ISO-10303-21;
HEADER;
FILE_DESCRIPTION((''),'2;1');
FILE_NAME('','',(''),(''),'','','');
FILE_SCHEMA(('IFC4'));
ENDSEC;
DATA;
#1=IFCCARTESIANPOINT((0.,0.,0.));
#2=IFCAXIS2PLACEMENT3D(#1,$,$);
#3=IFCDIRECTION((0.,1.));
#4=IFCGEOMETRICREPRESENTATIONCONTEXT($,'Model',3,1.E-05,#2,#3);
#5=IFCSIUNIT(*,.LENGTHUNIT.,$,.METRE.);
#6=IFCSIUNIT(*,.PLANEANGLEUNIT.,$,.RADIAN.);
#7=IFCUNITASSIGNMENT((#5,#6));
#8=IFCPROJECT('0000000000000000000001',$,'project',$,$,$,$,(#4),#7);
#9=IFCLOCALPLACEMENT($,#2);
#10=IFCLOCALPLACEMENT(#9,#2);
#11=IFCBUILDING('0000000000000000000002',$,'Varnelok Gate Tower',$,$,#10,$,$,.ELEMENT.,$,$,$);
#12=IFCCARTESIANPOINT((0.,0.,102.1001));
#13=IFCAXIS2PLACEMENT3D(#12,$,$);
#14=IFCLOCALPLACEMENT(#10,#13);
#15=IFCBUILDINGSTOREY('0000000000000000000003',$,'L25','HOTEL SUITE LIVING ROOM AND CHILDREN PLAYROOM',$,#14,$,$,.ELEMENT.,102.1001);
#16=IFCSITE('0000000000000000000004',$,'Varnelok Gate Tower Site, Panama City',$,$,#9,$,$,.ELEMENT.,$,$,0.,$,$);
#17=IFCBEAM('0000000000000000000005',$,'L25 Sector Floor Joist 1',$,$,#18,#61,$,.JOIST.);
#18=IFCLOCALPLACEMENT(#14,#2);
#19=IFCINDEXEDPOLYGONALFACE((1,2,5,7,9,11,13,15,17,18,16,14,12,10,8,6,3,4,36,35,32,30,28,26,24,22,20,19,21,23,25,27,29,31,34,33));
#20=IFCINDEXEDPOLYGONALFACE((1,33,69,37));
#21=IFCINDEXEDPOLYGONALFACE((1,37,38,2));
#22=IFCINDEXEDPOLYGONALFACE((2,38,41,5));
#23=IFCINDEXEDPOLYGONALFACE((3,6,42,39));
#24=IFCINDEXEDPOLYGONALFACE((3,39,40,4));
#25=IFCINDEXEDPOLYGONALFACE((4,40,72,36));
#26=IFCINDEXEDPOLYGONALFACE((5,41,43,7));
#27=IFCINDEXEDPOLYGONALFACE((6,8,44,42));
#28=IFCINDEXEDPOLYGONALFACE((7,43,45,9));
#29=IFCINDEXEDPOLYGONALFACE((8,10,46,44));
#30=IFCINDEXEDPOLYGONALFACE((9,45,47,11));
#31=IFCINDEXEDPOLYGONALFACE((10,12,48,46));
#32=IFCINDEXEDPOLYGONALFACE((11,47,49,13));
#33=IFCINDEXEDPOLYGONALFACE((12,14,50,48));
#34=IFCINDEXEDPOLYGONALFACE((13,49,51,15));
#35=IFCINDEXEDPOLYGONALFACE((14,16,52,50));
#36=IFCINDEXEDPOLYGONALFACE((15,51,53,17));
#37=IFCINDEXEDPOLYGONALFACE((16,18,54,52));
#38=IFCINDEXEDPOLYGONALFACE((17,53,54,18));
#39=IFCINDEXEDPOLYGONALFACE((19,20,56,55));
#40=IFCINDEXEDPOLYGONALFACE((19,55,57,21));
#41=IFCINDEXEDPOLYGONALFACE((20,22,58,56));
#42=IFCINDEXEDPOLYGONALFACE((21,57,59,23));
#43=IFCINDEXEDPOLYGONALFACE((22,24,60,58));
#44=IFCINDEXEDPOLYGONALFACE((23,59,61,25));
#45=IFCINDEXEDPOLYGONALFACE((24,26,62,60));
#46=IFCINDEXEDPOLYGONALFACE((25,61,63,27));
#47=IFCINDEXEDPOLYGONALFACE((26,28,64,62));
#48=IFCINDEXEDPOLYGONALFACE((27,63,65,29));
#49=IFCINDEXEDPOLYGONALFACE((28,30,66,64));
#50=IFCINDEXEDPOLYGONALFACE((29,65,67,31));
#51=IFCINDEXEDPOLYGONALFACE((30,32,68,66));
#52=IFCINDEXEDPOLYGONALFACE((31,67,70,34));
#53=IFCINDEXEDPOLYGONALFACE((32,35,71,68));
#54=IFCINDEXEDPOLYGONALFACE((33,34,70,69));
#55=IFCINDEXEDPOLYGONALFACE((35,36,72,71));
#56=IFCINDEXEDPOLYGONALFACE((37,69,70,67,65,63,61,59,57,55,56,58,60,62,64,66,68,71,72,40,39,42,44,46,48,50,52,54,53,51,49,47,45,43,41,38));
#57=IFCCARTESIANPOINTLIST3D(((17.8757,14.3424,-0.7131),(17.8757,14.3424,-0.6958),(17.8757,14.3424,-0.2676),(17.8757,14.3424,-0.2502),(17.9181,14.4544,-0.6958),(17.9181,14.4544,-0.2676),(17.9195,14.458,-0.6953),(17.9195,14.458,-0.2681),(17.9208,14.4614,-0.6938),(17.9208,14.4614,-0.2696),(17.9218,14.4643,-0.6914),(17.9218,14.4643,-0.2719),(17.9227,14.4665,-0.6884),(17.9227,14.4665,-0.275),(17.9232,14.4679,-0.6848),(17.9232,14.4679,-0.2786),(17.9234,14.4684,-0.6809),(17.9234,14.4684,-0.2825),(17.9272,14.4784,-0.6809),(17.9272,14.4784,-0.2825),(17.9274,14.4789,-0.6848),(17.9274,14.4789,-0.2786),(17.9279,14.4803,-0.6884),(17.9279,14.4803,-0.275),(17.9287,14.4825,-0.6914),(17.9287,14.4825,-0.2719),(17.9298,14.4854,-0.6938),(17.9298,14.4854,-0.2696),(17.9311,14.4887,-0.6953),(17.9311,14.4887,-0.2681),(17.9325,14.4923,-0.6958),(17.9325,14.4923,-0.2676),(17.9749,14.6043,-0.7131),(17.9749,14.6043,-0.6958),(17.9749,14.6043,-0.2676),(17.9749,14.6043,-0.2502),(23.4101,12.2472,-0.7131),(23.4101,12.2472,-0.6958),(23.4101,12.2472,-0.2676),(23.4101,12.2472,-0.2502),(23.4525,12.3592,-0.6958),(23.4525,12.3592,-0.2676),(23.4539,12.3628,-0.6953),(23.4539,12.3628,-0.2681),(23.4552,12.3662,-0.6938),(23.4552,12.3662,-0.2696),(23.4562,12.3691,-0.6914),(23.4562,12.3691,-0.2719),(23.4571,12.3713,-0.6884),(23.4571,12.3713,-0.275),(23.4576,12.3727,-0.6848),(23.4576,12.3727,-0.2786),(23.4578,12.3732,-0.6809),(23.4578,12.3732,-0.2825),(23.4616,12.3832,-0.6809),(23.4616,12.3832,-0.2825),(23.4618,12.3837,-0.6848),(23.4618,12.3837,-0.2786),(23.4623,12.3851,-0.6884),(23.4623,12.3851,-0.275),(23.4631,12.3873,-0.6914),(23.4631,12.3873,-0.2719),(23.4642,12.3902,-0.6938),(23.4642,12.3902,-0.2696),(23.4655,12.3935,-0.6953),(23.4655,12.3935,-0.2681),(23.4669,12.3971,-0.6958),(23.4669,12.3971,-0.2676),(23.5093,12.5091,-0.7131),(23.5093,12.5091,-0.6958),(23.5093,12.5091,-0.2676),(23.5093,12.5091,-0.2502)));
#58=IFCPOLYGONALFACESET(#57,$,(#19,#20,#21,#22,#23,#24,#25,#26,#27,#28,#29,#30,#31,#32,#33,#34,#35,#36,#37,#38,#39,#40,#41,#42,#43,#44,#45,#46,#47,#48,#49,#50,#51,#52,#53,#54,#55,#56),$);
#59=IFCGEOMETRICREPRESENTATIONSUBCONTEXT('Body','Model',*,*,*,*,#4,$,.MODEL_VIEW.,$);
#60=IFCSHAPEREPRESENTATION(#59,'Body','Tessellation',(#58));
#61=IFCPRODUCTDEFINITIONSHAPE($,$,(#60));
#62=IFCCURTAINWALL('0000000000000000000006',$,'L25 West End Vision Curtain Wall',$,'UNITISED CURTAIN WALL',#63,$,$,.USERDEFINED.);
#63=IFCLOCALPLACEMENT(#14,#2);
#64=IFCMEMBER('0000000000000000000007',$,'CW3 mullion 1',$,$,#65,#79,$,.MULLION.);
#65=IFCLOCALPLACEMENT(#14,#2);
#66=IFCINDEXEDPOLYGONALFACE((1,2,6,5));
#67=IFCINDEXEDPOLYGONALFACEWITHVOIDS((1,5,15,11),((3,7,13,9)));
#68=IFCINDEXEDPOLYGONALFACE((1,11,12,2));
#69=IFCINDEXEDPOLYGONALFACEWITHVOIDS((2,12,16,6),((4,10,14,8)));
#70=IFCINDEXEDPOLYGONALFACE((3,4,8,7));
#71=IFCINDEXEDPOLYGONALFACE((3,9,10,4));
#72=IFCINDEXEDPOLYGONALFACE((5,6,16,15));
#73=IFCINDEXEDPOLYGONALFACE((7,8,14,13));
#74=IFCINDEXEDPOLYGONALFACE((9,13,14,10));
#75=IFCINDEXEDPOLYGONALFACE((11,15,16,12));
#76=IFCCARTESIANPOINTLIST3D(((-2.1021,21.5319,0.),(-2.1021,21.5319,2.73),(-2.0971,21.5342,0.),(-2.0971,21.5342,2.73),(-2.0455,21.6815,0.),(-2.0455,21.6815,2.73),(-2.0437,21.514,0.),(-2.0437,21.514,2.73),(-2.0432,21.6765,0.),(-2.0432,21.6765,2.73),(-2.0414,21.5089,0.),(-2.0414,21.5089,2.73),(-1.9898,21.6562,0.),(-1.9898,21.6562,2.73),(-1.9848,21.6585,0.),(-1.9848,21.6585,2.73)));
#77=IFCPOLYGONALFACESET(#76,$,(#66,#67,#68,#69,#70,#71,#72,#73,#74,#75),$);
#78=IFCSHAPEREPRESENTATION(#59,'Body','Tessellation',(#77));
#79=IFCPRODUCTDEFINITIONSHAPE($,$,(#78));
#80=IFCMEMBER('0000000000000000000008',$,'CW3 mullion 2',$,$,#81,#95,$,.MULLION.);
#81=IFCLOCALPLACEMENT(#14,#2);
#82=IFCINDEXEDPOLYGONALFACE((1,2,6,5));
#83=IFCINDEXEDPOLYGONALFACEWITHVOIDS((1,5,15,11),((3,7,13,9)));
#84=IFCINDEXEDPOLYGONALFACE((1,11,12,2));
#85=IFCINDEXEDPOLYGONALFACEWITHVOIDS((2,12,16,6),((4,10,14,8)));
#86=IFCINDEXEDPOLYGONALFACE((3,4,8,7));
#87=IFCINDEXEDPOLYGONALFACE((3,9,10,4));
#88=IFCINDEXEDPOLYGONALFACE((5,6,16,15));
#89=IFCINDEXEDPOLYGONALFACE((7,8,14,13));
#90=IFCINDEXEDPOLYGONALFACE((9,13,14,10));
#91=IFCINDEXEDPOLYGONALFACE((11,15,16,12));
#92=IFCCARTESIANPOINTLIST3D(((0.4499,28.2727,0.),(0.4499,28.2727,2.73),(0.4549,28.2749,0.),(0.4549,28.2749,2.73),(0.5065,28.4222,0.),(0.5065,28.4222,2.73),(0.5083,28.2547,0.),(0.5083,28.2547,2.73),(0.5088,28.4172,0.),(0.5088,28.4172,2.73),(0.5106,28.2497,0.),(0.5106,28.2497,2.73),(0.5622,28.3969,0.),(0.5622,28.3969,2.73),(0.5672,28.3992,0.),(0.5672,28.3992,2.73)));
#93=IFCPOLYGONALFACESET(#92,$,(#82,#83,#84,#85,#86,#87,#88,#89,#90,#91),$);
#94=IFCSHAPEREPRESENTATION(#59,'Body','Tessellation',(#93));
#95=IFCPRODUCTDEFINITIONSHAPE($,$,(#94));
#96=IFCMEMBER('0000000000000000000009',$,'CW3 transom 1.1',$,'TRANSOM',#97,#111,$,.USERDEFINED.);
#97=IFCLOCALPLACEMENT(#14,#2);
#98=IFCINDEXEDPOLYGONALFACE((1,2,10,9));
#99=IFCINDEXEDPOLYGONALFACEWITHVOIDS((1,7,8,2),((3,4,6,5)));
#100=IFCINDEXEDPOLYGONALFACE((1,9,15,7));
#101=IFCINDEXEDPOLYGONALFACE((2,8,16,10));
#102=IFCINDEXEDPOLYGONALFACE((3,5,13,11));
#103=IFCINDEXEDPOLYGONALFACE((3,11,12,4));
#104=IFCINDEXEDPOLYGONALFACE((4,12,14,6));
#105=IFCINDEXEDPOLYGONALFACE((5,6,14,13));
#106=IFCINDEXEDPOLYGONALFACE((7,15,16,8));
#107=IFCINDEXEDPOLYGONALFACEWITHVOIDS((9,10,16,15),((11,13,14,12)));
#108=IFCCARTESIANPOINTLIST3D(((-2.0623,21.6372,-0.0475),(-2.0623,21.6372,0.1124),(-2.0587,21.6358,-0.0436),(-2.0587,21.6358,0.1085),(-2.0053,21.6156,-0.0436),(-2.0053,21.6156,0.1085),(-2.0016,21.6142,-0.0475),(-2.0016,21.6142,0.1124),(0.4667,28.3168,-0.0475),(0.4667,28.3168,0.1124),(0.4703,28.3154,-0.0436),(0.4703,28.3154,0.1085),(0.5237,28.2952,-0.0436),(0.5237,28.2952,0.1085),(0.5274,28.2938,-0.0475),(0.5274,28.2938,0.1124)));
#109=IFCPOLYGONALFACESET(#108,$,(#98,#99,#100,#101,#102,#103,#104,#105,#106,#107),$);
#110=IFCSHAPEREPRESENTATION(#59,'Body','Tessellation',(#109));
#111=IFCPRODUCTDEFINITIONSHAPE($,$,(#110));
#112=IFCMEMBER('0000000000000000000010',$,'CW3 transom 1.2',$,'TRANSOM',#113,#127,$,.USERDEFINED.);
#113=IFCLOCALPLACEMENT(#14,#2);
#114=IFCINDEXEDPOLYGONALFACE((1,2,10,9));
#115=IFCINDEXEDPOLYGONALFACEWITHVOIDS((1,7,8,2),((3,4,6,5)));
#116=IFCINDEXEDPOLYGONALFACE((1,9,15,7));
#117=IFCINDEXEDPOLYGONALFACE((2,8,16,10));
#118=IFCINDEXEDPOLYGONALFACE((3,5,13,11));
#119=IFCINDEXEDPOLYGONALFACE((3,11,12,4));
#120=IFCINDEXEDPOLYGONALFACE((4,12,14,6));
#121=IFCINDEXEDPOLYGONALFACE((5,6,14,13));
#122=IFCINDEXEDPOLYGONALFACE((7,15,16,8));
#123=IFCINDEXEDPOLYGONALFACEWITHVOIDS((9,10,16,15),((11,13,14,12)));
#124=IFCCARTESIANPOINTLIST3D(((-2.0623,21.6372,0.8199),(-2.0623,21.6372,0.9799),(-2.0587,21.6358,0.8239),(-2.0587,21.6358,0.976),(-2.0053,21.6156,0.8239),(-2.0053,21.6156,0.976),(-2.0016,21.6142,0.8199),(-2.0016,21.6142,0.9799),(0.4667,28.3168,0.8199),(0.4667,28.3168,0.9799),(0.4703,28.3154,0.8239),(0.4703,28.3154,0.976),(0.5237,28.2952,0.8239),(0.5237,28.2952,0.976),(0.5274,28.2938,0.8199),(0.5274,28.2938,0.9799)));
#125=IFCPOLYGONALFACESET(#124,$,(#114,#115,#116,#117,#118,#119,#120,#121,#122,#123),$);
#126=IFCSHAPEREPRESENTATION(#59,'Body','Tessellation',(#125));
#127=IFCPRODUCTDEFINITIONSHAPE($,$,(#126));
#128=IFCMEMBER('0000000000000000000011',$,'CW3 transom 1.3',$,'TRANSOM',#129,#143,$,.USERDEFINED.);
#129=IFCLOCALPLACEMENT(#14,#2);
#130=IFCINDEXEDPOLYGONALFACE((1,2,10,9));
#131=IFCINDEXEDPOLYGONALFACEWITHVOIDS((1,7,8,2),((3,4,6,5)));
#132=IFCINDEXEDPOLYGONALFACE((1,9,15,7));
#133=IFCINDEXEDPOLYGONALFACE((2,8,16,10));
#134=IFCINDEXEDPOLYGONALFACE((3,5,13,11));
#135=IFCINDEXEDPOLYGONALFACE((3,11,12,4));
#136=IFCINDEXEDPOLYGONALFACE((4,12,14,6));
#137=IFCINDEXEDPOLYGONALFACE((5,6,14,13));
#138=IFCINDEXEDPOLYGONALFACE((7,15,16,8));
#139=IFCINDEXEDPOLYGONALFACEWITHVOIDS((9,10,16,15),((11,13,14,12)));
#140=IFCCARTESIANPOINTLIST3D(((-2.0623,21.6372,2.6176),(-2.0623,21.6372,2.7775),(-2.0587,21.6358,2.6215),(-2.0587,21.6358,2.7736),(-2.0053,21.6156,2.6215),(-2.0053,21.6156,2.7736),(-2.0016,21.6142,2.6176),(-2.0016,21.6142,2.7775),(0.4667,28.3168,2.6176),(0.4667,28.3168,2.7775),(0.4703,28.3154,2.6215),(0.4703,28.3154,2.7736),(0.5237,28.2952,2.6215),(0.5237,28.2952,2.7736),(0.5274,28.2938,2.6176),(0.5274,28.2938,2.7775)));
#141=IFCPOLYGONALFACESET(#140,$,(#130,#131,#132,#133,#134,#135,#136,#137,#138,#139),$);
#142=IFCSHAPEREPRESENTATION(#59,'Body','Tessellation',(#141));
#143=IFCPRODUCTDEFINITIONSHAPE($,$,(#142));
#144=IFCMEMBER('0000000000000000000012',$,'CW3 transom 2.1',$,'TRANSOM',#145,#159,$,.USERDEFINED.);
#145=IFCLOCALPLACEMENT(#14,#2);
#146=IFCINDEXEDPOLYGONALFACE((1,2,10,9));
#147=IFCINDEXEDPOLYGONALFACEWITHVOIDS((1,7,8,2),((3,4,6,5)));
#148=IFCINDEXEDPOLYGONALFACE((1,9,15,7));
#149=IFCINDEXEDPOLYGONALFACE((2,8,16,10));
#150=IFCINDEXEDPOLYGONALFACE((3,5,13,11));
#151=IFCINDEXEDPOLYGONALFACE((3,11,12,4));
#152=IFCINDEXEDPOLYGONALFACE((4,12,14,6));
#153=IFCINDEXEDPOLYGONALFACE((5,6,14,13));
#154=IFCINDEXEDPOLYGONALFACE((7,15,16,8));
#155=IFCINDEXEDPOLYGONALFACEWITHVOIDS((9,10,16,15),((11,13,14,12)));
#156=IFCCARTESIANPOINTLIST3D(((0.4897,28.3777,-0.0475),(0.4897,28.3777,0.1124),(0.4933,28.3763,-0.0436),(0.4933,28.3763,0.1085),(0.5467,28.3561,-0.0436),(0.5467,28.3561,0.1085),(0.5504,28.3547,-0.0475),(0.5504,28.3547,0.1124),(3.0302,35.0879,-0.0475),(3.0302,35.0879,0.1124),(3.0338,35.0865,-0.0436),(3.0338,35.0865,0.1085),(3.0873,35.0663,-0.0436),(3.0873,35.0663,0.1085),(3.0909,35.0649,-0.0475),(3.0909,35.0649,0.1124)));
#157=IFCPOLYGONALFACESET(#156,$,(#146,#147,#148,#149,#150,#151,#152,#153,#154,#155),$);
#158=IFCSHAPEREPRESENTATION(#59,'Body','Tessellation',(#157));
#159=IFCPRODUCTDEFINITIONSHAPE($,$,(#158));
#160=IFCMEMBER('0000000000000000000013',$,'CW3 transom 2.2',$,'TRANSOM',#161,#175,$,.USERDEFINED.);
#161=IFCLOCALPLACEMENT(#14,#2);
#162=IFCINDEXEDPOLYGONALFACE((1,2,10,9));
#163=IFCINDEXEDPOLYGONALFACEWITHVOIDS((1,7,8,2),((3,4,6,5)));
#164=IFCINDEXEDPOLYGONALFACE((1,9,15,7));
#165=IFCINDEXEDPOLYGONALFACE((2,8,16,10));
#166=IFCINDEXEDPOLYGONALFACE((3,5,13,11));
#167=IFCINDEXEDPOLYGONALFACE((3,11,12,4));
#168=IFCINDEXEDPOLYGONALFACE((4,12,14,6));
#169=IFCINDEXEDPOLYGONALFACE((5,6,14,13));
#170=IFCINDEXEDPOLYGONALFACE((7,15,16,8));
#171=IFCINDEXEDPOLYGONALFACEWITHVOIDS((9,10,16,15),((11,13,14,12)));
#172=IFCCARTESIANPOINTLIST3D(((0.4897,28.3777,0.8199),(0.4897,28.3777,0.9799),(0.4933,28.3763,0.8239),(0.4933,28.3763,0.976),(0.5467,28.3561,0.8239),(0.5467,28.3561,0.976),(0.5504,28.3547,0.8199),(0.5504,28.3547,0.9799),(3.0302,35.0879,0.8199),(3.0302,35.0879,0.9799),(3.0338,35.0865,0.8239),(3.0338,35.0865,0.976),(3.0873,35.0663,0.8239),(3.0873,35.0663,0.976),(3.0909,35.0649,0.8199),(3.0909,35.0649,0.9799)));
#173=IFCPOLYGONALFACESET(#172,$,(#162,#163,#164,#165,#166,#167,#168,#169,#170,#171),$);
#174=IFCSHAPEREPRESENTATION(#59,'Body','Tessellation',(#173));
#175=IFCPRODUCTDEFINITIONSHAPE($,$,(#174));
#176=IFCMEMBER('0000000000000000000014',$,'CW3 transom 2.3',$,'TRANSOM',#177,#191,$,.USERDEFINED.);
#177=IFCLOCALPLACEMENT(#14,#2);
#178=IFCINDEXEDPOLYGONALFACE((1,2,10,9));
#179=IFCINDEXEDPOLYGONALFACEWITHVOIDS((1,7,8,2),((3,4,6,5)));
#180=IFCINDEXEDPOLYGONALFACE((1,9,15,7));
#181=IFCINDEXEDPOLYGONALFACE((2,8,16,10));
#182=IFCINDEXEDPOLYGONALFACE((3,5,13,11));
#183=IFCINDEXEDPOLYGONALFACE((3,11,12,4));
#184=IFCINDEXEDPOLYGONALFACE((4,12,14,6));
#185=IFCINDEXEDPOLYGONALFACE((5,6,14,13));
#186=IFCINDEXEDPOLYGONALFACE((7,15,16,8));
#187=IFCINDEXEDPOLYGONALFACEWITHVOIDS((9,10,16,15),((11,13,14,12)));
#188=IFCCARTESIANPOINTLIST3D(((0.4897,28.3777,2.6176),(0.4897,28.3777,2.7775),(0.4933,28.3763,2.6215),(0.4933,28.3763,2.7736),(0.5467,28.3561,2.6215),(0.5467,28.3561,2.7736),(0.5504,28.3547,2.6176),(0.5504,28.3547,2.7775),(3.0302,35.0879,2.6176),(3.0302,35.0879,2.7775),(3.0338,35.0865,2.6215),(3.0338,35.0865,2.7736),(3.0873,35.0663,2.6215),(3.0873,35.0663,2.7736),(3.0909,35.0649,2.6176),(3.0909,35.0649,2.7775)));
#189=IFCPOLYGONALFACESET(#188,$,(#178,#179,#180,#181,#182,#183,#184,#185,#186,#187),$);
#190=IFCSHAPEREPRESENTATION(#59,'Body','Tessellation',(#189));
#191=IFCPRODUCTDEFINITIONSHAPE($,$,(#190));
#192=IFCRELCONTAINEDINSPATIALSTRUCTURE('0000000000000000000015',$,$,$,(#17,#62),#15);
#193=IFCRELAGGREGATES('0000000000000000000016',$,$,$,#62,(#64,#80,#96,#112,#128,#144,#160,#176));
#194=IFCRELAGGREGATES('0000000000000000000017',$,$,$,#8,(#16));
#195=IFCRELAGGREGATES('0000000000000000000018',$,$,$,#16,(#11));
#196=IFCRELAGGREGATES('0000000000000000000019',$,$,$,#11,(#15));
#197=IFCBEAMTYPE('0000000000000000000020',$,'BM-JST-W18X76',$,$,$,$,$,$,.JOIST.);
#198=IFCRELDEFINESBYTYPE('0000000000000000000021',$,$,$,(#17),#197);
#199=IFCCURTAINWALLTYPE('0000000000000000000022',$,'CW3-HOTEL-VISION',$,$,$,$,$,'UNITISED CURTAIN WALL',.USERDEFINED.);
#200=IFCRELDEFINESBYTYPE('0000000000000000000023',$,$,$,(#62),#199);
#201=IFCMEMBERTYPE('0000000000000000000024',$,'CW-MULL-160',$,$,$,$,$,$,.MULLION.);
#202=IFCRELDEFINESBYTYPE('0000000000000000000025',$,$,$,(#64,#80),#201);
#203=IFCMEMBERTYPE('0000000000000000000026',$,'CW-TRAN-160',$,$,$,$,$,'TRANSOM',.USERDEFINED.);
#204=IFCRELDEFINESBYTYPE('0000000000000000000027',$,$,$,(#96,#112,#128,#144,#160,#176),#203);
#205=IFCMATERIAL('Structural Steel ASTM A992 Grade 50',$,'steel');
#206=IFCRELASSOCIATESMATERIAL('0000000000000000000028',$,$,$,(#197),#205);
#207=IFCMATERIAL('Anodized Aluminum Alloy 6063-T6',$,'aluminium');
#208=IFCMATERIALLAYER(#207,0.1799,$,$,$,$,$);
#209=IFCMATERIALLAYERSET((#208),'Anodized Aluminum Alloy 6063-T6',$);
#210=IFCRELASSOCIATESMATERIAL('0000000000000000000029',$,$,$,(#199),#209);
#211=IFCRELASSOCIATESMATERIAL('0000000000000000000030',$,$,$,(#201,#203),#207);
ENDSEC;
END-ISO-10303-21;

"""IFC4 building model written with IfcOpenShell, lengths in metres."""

from ifc_helpers import new_model, si_unit, direction, frame, origin, origin_2d, place, context, subcontext, project, spatial, hollow_rectangle, i_section, extrude, material, layer, layer_set, material_profile, profile_set, type_object, element, aggregate, save


model = new_model("IFC4")

# Units and contexts
model_context = context("Model", 3, precision=1e-05, world=origin(), true_north=direction((0.0, 1.0)))
body_context = subcontext(model_context, "Body", "Model", "MODEL_VIEW")
ifc_project = project(units=[si_unit("LENGTHUNIT", "METRE"), si_unit("PLANEANGLEUNIT", "RADIAN")], contexts=[model_context])

# Site, building, storey
site_placement = place(None, origin())
site = spatial("IfcSite", under=ifc_project, at=site_placement, Name="Varnelok Gate Tower Site, Panama City", CompositionType="ELEMENT", RefElevation=0.0)
building_placement = place(site_placement, origin())
building = spatial("IfcBuilding", under=site, at=building_placement, Name="Varnelok Gate Tower", CompositionType="ELEMENT")
storey_placement = place(building_placement, frame((0.0, 0.0, 102.1001)))
storey = spatial("IfcBuildingStorey", under=building, at=storey_placement, Name="L25", Description="HOTEL SUITE LIVING ROOM AND CHILDREN PLAYROOM", CompositionType="ELEMENT", Elevation=102.1001)

# Beam
ifc_material_1 = material(Name="Structural Steel ASTM A992 Grade 50", Category="steel")
ifc_material_profile_1 = material_profile(ifc_material_1, i_section(OverallWidth=0.28, OverallDepth=0.4629, WebThickness=0.0107, FlangeThickness=0.0173, FilletRadius=0.0149, at=origin_2d()), Name="W18X76")
ifc_profile_set_1 = profile_set([ifc_material_profile_1], Name="Structural Steel ASTM A992 Grade 50")
beam_type = type_object("IfcBeamType", Name="BM-JST-W18X76", PredefinedType="JOIST", material=ifc_profile_set_1)
beam_placement = place(storey_placement, frame((17.9253, 14.4734, -0.4817), z_axis=(0.935224, -0.354056, 0.0), x_axis=(0.354056, 0.935224, 0.0)))
element("IfcBeam", 1, at=beam_placement, inside=storey, type_object=beam_type, Name="L25 Sector Floor Joist 1", PredefinedType="JOIST", context=body_context, shape_type="SweptSolid", body=[
    extrude(i_section(OverallWidth=0.28, OverallDepth=0.4629, WebThickness=0.0107, FlangeThickness=0.0173, FilletRadius=0.0149, at=origin_2d()), origin(), (0.0, 0.0, 1.0), 5.9177),
])

# Curtain wall, members
ifc_material_2 = material(Name="Anodized Aluminum Alloy 6063-T6", Category="aluminium")
ifc_layer_1 = layer(ifc_material_2, 0.1799)
ifc_layer_set_1 = layer_set([ifc_layer_1], Name="Anodized Aluminum Alloy 6063-T6")
curtain_wall_type = type_object("IfcCurtainWallType", Name="CW3-HOTEL-VISION", ElementType="UNITISED CURTAIN WALL", PredefinedType="USERDEFINED", material=ifc_layer_set_1)
curtain_wall_placement = place(storey_placement, origin())
curtain_wall = element("IfcCurtainWall", 2, at=curtain_wall_placement, inside=storey, type_object=curtain_wall_type, Name="L25 West End Vision Curtain Wall", ObjectType="UNITISED CURTAIN WALL", PredefinedType="USERDEFINED")
ifc_material_profile_2 = material_profile(ifc_material_2, hollow_rectangle(XDim=0.0649, YDim=0.1599, WallThickness=0.0039, at=origin_2d()), Name="ALU160X65X4")
ifc_profile_set_2 = profile_set([ifc_material_profile_2], Name="Anodized Aluminum Alloy 6063-T6")
member_type_1 = type_object("IfcMemberType", Name="CW-MULL-160", PredefinedType="MULLION", material=ifc_profile_set_2)
member_1_placement = place(storey_placement, frame((-2.0435, 21.5952, 0.0), z_axis=(0.0, 0.0, 1.0), x_axis=(-0.935221, 0.354064, 0.0)))
member_1 = element("IfcMember", 3, at=member_1_placement, type_object=member_type_1, Name="CW3 mullion 1", PredefinedType="MULLION", context=body_context, shape_type="SweptSolid", body=[
    extrude(hollow_rectangle(XDim=0.0649, YDim=0.1599, WallThickness=0.0039, at=origin_2d()), origin(), (0.0, 0.0, 1.0), 2.73),
])
member_2_placement = place(storey_placement, frame((0.5085, 28.3359, 0.0), z_axis=(0.0, 0.0, 1.0), x_axis=(-0.935221, 0.354064, 0.0)))
member_2 = element("IfcMember", 4, at=member_2_placement, type_object=member_type_1, Name="CW3 mullion 2", PredefinedType="MULLION", context=body_context, shape_type="SweptSolid", body=[
    extrude(hollow_rectangle(XDim=0.0649, YDim=0.1599, WallThickness=0.0039, at=origin_2d()), origin(), (0.0, 0.0, 1.0), 2.73),
])
ifc_material_profile_3 = material_profile(ifc_material_2, hollow_rectangle(XDim=0.0649, YDim=0.1599, WallThickness=0.0039, at=origin_2d()), Name="ALU160X65X4")
ifc_profile_set_3 = profile_set([ifc_material_profile_3], Name="Anodized Aluminum Alloy 6063-T6")
member_type_2 = type_object("IfcMemberType", Name="CW-TRAN-160", ElementType="TRANSOM", PredefinedType="USERDEFINED", material=ifc_profile_set_3)
member_3_placement = place(storey_placement, frame((-2.032, 21.6257, 0.0325), z_axis=(0.354088, 0.935212, 0.0), x_axis=(-0.935212, 0.354088, 0.0)))
member_3 = element("IfcMember", 5, at=member_3_placement, type_object=member_type_2, Name="CW3 transom 1.1", ObjectType="TRANSOM", PredefinedType="USERDEFINED", context=body_context, shape_type="SweptSolid", body=[
    extrude(hollow_rectangle(XDim=0.0649, YDim=0.1599, WallThickness=0.0039, at=origin_2d()), origin(), (0.0, 0.0, 1.0), 7.1423),
])
member_4_placement = place(storey_placement, frame((-2.032, 21.6257, 0.8999), z_axis=(0.354088, 0.935212, 0.0), x_axis=(-0.935212, 0.354088, 0.0)))
member_4 = element("IfcMember", 6, at=member_4_placement, type_object=member_type_2, Name="CW3 transom 1.2", ObjectType="TRANSOM", PredefinedType="USERDEFINED", context=body_context, shape_type="SweptSolid", body=[
    extrude(hollow_rectangle(XDim=0.0649, YDim=0.1599, WallThickness=0.0039, at=origin_2d()), origin(), (0.0, 0.0, 1.0), 7.1423),
])
member_5_placement = place(storey_placement, frame((-2.032, 21.6257, 2.6975), z_axis=(0.354088, 0.935212, 0.0), x_axis=(-0.935212, 0.354088, 0.0)))
member_5 = element("IfcMember", 7, at=member_5_placement, type_object=member_type_2, Name="CW3 transom 1.3", ObjectType="TRANSOM", PredefinedType="USERDEFINED", context=body_context, shape_type="SweptSolid", body=[
    extrude(hollow_rectangle(XDim=0.0649, YDim=0.1599, WallThickness=0.0039, at=origin_2d()), origin(), (0.0, 0.0, 1.0), 7.1423),
])
member_6_placement = place(storey_placement, frame((0.52, 28.3662, 0.0325), z_axis=(0.354079, 0.935216, 0.0), x_axis=(-0.935216, 0.354079, 0.0)))
member_6 = element("IfcMember", 8, at=member_6_placement, type_object=member_type_2, Name="CW3 transom 2.1", ObjectType="TRANSOM", PredefinedType="USERDEFINED", context=body_context, shape_type="SweptSolid", body=[
    extrude(hollow_rectangle(XDim=0.0649, YDim=0.1599, WallThickness=0.0039, at=origin_2d()), origin(), (0.0, 0.0, 1.0), 7.175),
])
member_7_placement = place(storey_placement, frame((0.52, 28.3662, 0.8999), z_axis=(0.354079, 0.935216, 0.0), x_axis=(-0.935216, 0.354079, 0.0)))
member_7 = element("IfcMember", 9, at=member_7_placement, type_object=member_type_2, Name="CW3 transom 2.2", ObjectType="TRANSOM", PredefinedType="USERDEFINED", context=body_context, shape_type="SweptSolid", body=[
    extrude(hollow_rectangle(XDim=0.0649, YDim=0.1599, WallThickness=0.0039, at=origin_2d()), origin(), (0.0, 0.0, 1.0), 7.175),
])
member_8_placement = place(storey_placement, frame((0.52, 28.3662, 2.6975), z_axis=(0.354079, 0.935216, 0.0), x_axis=(-0.935216, 0.354079, 0.0)))
member_8 = element("IfcMember", 10, at=member_8_placement, type_object=member_type_2, Name="CW3 transom 2.3", ObjectType="TRANSOM", PredefinedType="USERDEFINED", context=body_context, shape_type="SweptSolid", body=[
    extrude(hollow_rectangle(XDim=0.0649, YDim=0.1599, WallThickness=0.0039, at=origin_2d()), origin(), (0.0, 0.0, 1.0), 7.175),
])
aggregate(curtain_wall, [member_1, member_2, member_3, member_4, member_5, member_6, member_7, member_8])

save(model, "model.ifc")
